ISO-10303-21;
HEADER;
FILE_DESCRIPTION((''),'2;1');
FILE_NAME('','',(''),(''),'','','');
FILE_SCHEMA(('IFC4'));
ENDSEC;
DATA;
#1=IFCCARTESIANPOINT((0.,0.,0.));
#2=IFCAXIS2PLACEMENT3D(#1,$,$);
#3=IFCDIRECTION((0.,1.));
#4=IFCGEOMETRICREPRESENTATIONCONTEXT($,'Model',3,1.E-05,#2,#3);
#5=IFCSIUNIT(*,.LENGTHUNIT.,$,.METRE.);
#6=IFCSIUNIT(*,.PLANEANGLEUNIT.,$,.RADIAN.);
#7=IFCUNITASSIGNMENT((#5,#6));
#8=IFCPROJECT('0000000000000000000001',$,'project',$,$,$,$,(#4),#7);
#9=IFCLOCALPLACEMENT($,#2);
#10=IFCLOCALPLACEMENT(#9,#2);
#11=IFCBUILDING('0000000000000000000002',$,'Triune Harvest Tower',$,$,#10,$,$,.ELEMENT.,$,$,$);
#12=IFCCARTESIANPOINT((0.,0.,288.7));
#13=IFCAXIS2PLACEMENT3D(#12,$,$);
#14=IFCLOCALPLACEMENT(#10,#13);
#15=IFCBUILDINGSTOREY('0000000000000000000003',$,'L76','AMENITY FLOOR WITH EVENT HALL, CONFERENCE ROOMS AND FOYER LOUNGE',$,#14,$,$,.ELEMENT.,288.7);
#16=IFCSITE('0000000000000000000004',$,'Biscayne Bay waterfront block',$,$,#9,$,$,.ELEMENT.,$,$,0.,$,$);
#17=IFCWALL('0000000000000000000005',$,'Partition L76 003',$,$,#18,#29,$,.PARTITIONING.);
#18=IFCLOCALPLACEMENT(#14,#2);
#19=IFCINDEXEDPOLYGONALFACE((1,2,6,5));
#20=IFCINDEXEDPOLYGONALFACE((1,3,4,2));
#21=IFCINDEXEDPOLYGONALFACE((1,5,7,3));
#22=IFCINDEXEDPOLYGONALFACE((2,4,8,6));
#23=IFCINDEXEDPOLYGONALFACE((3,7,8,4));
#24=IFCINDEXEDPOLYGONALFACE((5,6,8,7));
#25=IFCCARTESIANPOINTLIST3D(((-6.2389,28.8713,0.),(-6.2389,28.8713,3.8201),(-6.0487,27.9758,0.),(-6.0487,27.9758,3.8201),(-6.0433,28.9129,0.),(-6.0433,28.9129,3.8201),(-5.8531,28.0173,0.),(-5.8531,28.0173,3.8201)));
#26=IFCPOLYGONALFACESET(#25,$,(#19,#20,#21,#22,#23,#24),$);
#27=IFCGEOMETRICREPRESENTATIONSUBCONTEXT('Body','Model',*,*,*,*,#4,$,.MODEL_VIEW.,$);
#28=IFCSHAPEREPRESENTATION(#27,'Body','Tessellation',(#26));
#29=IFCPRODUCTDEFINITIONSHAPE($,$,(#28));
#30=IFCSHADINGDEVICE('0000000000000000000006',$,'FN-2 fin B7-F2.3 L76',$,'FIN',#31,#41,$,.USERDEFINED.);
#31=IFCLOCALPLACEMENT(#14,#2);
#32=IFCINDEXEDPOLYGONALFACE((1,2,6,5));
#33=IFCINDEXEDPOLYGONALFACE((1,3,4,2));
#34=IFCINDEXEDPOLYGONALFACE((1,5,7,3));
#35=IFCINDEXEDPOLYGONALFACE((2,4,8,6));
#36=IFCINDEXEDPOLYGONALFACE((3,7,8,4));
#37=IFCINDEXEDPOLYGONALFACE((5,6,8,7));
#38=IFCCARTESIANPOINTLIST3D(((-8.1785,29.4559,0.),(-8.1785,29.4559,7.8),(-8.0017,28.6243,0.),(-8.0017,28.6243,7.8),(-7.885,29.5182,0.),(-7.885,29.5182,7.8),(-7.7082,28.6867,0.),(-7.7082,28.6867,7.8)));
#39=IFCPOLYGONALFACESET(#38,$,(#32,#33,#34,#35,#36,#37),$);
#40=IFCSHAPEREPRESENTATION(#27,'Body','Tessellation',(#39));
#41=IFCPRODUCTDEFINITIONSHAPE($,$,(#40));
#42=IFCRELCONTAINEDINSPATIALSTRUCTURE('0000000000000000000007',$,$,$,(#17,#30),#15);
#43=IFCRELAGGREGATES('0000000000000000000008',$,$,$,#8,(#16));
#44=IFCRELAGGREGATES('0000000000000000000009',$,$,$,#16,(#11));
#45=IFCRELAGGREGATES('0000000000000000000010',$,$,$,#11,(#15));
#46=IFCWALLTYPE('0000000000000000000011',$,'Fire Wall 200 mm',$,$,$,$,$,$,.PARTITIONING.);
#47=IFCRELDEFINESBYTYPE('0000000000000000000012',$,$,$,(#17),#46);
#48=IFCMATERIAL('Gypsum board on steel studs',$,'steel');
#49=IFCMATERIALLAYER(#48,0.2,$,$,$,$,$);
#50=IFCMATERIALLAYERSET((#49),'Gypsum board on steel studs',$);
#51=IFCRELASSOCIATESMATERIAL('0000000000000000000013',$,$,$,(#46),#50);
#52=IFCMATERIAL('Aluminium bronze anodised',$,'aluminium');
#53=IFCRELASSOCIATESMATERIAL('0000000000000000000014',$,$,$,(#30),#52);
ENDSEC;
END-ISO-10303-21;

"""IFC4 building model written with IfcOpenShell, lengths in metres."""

from ifc_helpers import new_model, si_unit, direction, frame, frame_2d, origin, origin_2d, place, context, subcontext, project, spatial, rectangle, extrude, source, transform, mapped, material, layer, layer_set, type_object, element, save


model = new_model("IFC4")

# Units and contexts
model_context = context("Model", 3, precision=1e-05, world=origin(), true_north=direction((0.0, 1.0)))
body_context = subcontext(model_context, "Body", "Model", "MODEL_VIEW")
ifc_project = project(units=[si_unit("LENGTHUNIT", "METRE"), si_unit("PLANEANGLEUNIT", "RADIAN")], contexts=[model_context])

# Site, building, storey
site_placement = place(None, origin())
site = spatial("IfcSite", under=ifc_project, at=site_placement, Name="Biscayne Bay waterfront block", CompositionType="ELEMENT", RefElevation=0.0)
building_placement = place(site_placement, origin())
building = spatial("IfcBuilding", under=site, at=building_placement, Name="Triune Harvest Tower", CompositionType="ELEMENT")
storey_placement = place(building_placement, frame((0.0, 0.0, 288.7)))
storey = spatial("IfcBuildingStorey", under=building, at=storey_placement, Name="L76", Description="AMENITY FLOOR WITH EVENT HALL, CONFERENCE ROOMS AND FOYER LOUNGE", CompositionType="ELEMENT", Elevation=288.7)

# Wall
ifc_material_1 = material(Name="Gypsum board on steel studs", Category="steel")
ifc_layer_1 = layer(ifc_material_1, 0.2)
ifc_layer_set_1 = layer_set([ifc_layer_1], Name="Gypsum board on steel studs")
wall_type_1 = type_object("IfcWallType", Name="Fire Wall 200 mm", PredefinedType="PARTITIONING", material=ifc_layer_set_1)
shared_shape_1 = source(origin(), body_context, "Body", "SweptSolid", [
    extrude(rectangle(XDim=0.9155, YDim=0.2, at=frame_2d((0.4578, 0.0))), origin(), (0.0, 0.0, 1.0), 3.8201),
])
wall_1_placement = place(storey_placement, frame((-6.1411, 28.8921, 0.0), z_axis=(0.0, 0.0, 1.0), x_axis=(0.207744, -0.978183, 0.0)))
element("IfcWall", 1, at=wall_1_placement, inside=storey, type_object=wall_type_1, Name="Partition L76 003", PredefinedType="PARTITIONING", context=body_context, shape_type="MappedRepresentation", body=[
    mapped(shared_shape_1, transform((0.0, 0.0, 0.0), scale=1.0)),
])

# Shading device
ifc_material_2 = material(Name="Aluminium bronze anodised", Category="aluminium")
shared_shape_2 = source(origin(), body_context, "Body", "SweptSolid", [
    extrude(rectangle(XDim=0.3, YDim=0.8501, at=origin_2d()), origin(), (0.0, 0.0, 1.0), 7.8),
])
shading_device_placement = place(storey_placement, frame((-7.9434, 29.0713, 0.0), z_axis=(0.0, 0.0, 1.0), x_axis=(-0.978149, -0.207905, 0.0)))
element("IfcShadingDevice", 2, at=shading_device_placement, inside=storey, material=ifc_material_2, Name="FN-2 fin B7-F2.3 L76", ObjectType="FIN", PredefinedType="USERDEFINED", context=body_context, shape_type="MappedRepresentation", body=[
    mapped(shared_shape_2, transform((0.0, 0.0, 0.0), scale=1.0)),
])

save(model, "model.ifc")
